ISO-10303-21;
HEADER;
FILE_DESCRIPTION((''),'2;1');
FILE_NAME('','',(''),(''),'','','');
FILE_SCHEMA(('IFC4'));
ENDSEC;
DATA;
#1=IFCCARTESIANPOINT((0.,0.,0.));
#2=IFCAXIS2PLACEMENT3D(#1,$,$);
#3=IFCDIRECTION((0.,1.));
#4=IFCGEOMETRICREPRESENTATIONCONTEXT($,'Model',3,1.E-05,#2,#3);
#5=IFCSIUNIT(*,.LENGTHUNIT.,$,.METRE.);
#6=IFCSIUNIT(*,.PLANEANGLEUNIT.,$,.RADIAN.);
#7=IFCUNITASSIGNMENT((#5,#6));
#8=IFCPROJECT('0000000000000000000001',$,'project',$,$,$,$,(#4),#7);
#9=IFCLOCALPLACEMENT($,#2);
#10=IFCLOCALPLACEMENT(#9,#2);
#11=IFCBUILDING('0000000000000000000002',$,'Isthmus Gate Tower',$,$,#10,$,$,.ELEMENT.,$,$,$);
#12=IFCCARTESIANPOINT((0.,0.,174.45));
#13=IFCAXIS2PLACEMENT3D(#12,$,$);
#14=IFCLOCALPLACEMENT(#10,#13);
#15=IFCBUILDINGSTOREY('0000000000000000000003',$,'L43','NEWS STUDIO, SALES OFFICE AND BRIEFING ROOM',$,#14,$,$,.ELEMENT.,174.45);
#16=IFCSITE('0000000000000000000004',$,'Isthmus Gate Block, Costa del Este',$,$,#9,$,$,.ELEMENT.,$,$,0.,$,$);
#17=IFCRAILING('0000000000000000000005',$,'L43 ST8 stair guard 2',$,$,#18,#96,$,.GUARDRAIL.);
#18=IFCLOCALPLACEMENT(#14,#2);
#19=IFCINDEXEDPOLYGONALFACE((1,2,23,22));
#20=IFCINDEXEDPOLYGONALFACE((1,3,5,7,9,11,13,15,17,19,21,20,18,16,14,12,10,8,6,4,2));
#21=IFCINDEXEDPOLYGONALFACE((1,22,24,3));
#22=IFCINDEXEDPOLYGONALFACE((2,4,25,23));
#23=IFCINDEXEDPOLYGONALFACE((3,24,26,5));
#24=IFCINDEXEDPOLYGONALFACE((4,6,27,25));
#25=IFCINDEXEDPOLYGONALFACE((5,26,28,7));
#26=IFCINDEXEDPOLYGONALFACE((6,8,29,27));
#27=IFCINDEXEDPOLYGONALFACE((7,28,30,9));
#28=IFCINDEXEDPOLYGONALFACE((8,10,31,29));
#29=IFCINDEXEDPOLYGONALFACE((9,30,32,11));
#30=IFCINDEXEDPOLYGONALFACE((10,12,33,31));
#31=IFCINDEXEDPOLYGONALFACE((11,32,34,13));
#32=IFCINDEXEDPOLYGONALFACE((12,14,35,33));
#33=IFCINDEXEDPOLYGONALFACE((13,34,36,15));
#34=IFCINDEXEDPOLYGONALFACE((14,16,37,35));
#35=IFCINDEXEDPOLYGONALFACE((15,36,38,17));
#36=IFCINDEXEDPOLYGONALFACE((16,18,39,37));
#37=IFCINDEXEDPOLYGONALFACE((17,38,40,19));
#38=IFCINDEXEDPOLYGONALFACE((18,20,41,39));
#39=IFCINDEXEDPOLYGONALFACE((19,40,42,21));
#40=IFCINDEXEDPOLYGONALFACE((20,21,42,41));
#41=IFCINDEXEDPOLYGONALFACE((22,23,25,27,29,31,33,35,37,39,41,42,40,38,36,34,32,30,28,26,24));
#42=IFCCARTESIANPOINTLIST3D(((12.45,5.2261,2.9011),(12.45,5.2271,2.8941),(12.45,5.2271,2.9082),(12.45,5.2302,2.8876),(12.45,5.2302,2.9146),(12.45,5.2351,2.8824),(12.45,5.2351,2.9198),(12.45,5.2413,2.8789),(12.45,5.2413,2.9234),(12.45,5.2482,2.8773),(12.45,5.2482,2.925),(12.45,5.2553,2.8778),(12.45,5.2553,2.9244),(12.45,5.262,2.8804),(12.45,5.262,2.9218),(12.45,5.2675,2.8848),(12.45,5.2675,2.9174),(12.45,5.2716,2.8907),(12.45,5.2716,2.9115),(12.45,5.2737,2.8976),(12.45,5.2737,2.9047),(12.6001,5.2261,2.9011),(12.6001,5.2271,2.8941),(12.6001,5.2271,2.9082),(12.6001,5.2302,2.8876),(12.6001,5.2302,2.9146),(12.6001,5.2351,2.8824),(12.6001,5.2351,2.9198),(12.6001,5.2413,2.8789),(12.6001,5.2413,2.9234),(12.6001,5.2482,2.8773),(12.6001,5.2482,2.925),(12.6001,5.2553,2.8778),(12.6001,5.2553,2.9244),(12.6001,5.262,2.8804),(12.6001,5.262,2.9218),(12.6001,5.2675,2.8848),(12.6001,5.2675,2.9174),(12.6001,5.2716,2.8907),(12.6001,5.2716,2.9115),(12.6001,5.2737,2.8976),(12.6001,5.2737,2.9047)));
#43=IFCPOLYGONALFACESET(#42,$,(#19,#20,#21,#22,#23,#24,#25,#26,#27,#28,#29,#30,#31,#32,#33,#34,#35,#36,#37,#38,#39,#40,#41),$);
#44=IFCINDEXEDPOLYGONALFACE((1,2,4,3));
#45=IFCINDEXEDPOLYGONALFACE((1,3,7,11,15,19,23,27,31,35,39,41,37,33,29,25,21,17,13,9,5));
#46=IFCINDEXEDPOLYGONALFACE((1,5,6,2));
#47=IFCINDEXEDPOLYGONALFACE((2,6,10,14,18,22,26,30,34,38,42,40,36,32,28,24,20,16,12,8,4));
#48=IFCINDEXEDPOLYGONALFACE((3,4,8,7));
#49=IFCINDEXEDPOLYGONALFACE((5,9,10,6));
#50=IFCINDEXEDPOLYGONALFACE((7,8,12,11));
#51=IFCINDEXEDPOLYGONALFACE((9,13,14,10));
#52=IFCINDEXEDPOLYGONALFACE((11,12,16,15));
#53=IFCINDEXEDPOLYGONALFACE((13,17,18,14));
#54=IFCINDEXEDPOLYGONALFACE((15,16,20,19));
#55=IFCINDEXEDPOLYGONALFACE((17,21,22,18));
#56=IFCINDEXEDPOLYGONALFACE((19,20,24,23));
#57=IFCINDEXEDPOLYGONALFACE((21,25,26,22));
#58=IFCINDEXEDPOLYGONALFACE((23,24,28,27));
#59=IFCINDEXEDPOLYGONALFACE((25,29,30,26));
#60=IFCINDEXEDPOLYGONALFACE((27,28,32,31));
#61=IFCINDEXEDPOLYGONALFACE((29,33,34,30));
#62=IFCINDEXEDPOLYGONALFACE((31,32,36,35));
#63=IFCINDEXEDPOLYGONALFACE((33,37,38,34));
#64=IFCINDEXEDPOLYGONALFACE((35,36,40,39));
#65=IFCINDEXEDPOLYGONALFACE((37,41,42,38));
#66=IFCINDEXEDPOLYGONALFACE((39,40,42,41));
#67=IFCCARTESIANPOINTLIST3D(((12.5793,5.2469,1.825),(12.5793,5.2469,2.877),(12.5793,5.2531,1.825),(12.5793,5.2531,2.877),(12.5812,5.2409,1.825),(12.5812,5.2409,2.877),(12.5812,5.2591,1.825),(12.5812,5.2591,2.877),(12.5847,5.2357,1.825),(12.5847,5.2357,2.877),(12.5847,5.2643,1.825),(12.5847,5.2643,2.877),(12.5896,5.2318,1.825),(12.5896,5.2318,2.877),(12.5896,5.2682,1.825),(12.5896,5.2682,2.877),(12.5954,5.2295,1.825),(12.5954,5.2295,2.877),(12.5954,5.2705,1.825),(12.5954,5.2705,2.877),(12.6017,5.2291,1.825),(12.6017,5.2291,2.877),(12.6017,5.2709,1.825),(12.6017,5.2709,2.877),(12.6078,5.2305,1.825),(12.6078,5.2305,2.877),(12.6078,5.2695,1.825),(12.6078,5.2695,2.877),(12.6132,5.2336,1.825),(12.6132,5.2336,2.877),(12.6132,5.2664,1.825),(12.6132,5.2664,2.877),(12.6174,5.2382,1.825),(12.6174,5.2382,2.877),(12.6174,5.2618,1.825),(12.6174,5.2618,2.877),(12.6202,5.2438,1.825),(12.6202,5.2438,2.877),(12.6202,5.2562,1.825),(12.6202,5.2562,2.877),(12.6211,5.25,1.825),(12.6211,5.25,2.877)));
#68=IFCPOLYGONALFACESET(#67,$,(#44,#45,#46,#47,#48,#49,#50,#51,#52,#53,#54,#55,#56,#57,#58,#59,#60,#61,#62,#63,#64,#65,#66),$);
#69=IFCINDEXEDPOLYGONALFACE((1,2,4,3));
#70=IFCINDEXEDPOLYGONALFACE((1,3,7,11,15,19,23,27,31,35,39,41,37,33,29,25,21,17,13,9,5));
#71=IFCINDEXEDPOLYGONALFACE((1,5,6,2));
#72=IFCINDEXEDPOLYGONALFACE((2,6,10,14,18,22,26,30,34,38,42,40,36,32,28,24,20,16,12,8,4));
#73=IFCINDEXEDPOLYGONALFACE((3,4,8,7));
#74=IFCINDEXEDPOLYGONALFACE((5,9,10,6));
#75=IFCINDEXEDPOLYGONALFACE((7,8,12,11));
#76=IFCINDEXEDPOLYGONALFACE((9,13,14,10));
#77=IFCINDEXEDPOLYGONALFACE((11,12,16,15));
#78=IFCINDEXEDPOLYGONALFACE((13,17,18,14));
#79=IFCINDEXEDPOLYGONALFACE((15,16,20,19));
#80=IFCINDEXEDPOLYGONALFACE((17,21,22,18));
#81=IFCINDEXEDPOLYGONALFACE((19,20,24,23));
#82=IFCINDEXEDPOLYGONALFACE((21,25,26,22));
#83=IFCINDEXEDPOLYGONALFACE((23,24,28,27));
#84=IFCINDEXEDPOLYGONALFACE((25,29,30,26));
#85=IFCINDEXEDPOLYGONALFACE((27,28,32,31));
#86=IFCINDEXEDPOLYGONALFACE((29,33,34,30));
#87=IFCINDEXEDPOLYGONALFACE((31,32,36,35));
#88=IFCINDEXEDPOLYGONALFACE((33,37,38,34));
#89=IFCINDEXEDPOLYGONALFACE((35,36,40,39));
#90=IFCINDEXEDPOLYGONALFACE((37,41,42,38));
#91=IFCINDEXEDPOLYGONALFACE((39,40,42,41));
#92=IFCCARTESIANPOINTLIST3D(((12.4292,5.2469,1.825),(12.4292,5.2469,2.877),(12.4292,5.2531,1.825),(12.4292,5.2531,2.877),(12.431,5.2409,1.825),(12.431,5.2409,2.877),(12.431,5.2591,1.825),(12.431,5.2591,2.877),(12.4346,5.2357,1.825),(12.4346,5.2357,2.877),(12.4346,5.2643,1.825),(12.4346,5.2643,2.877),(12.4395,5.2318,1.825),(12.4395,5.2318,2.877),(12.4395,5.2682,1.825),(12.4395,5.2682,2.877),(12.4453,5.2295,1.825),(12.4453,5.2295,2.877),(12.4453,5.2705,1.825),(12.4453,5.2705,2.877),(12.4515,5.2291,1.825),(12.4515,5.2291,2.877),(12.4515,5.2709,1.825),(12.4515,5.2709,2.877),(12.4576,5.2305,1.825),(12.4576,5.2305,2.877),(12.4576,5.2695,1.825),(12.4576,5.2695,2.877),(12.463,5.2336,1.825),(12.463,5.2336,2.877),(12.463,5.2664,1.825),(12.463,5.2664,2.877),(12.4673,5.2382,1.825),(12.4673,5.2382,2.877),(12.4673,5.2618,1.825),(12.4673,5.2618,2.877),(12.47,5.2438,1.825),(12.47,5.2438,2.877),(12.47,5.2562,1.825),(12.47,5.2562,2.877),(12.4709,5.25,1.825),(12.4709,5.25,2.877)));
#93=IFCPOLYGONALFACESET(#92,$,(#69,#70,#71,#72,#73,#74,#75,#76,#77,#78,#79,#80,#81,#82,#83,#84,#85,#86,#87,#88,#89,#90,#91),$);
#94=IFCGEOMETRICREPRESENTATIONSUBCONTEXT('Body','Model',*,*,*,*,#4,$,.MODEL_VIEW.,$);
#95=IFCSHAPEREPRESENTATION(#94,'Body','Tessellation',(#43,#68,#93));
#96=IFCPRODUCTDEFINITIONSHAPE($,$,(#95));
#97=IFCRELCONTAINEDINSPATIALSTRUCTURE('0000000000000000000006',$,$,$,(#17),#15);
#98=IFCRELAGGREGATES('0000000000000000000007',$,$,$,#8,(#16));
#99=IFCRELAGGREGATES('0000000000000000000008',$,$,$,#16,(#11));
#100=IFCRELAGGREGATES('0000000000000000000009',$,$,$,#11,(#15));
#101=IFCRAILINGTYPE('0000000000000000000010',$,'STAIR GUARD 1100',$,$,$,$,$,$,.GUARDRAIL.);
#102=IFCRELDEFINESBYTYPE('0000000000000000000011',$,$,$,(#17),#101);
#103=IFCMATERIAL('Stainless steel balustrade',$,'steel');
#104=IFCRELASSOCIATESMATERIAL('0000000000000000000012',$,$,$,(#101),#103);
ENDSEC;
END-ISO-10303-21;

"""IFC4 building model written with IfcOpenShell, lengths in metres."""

from ifc_helpers import new_model, si_unit, direction, frame, origin, origin_2d, place, context, subcontext, project, spatial, circle, extrude, material, type_object, element, save


model = new_model("IFC4")

# Units and contexts
model_context = context("Model", 3, precision=1e-05, world=origin(), true_north=direction((0.0, 1.0)))
body_context = subcontext(model_context, "Body", "Model", "MODEL_VIEW")
ifc_project = project(units=[si_unit("LENGTHUNIT", "METRE"), si_unit("PLANEANGLEUNIT", "RADIAN")], contexts=[model_context])

# Site, building, storey
site_placement = place(None, origin())
site = spatial("IfcSite", under=ifc_project, at=site_placement, Name="Isthmus Gate Block, Costa del Este", CompositionType="ELEMENT", RefElevation=0.0)
building_placement = place(site_placement, origin())
building = spatial("IfcBuilding", under=site, at=building_placement, Name="Isthmus Gate Tower", CompositionType="ELEMENT")
storey_placement = place(building_placement, frame((0.0, 0.0, 174.45)))
storey = spatial("IfcBuildingStorey", under=building, at=storey_placement, Name="L43", Description="NEWS STUDIO, SALES OFFICE AND BRIEFING ROOM", CompositionType="ELEMENT", Elevation=174.45)

# Railing
ifc_material_1 = material(Name="Stainless steel balustrade", Category="steel")
railing_type_1 = type_object("IfcRailingType", Name="STAIR GUARD 1100", PredefinedType="GUARDRAIL", material=ifc_material_1)
railing_1_placement = place(storey_placement, frame((12.6001, 5.25, 1.825)))
element("IfcRailing", 1, at=railing_1_placement, inside=storey, type_object=railing_type_1, Name="L43 ST8 stair guard 2", PredefinedType="GUARDRAIL", context=body_context, shape_type="SweptSolid", body=[
    extrude(circle(Radius=0.0239, at=origin_2d()), frame((0.0, 0.0, 1.0762), z_axis=(-1.0, 0.0, 0.0), x_axis=(0.0, -1.0, 0.0)), (0.0, 0.0, 1.0), 0.1501),
    extrude(circle(Radius=0.021, at=origin_2d()), origin(), (0.0, 0.0, 1.0), 1.052),
    extrude(circle(Radius=0.021, at=origin_2d()), frame((-0.1501, 0.0, 0.0)), (0.0, 0.0, 1.0), 1.052),
])

save(model, "model.ifc")
